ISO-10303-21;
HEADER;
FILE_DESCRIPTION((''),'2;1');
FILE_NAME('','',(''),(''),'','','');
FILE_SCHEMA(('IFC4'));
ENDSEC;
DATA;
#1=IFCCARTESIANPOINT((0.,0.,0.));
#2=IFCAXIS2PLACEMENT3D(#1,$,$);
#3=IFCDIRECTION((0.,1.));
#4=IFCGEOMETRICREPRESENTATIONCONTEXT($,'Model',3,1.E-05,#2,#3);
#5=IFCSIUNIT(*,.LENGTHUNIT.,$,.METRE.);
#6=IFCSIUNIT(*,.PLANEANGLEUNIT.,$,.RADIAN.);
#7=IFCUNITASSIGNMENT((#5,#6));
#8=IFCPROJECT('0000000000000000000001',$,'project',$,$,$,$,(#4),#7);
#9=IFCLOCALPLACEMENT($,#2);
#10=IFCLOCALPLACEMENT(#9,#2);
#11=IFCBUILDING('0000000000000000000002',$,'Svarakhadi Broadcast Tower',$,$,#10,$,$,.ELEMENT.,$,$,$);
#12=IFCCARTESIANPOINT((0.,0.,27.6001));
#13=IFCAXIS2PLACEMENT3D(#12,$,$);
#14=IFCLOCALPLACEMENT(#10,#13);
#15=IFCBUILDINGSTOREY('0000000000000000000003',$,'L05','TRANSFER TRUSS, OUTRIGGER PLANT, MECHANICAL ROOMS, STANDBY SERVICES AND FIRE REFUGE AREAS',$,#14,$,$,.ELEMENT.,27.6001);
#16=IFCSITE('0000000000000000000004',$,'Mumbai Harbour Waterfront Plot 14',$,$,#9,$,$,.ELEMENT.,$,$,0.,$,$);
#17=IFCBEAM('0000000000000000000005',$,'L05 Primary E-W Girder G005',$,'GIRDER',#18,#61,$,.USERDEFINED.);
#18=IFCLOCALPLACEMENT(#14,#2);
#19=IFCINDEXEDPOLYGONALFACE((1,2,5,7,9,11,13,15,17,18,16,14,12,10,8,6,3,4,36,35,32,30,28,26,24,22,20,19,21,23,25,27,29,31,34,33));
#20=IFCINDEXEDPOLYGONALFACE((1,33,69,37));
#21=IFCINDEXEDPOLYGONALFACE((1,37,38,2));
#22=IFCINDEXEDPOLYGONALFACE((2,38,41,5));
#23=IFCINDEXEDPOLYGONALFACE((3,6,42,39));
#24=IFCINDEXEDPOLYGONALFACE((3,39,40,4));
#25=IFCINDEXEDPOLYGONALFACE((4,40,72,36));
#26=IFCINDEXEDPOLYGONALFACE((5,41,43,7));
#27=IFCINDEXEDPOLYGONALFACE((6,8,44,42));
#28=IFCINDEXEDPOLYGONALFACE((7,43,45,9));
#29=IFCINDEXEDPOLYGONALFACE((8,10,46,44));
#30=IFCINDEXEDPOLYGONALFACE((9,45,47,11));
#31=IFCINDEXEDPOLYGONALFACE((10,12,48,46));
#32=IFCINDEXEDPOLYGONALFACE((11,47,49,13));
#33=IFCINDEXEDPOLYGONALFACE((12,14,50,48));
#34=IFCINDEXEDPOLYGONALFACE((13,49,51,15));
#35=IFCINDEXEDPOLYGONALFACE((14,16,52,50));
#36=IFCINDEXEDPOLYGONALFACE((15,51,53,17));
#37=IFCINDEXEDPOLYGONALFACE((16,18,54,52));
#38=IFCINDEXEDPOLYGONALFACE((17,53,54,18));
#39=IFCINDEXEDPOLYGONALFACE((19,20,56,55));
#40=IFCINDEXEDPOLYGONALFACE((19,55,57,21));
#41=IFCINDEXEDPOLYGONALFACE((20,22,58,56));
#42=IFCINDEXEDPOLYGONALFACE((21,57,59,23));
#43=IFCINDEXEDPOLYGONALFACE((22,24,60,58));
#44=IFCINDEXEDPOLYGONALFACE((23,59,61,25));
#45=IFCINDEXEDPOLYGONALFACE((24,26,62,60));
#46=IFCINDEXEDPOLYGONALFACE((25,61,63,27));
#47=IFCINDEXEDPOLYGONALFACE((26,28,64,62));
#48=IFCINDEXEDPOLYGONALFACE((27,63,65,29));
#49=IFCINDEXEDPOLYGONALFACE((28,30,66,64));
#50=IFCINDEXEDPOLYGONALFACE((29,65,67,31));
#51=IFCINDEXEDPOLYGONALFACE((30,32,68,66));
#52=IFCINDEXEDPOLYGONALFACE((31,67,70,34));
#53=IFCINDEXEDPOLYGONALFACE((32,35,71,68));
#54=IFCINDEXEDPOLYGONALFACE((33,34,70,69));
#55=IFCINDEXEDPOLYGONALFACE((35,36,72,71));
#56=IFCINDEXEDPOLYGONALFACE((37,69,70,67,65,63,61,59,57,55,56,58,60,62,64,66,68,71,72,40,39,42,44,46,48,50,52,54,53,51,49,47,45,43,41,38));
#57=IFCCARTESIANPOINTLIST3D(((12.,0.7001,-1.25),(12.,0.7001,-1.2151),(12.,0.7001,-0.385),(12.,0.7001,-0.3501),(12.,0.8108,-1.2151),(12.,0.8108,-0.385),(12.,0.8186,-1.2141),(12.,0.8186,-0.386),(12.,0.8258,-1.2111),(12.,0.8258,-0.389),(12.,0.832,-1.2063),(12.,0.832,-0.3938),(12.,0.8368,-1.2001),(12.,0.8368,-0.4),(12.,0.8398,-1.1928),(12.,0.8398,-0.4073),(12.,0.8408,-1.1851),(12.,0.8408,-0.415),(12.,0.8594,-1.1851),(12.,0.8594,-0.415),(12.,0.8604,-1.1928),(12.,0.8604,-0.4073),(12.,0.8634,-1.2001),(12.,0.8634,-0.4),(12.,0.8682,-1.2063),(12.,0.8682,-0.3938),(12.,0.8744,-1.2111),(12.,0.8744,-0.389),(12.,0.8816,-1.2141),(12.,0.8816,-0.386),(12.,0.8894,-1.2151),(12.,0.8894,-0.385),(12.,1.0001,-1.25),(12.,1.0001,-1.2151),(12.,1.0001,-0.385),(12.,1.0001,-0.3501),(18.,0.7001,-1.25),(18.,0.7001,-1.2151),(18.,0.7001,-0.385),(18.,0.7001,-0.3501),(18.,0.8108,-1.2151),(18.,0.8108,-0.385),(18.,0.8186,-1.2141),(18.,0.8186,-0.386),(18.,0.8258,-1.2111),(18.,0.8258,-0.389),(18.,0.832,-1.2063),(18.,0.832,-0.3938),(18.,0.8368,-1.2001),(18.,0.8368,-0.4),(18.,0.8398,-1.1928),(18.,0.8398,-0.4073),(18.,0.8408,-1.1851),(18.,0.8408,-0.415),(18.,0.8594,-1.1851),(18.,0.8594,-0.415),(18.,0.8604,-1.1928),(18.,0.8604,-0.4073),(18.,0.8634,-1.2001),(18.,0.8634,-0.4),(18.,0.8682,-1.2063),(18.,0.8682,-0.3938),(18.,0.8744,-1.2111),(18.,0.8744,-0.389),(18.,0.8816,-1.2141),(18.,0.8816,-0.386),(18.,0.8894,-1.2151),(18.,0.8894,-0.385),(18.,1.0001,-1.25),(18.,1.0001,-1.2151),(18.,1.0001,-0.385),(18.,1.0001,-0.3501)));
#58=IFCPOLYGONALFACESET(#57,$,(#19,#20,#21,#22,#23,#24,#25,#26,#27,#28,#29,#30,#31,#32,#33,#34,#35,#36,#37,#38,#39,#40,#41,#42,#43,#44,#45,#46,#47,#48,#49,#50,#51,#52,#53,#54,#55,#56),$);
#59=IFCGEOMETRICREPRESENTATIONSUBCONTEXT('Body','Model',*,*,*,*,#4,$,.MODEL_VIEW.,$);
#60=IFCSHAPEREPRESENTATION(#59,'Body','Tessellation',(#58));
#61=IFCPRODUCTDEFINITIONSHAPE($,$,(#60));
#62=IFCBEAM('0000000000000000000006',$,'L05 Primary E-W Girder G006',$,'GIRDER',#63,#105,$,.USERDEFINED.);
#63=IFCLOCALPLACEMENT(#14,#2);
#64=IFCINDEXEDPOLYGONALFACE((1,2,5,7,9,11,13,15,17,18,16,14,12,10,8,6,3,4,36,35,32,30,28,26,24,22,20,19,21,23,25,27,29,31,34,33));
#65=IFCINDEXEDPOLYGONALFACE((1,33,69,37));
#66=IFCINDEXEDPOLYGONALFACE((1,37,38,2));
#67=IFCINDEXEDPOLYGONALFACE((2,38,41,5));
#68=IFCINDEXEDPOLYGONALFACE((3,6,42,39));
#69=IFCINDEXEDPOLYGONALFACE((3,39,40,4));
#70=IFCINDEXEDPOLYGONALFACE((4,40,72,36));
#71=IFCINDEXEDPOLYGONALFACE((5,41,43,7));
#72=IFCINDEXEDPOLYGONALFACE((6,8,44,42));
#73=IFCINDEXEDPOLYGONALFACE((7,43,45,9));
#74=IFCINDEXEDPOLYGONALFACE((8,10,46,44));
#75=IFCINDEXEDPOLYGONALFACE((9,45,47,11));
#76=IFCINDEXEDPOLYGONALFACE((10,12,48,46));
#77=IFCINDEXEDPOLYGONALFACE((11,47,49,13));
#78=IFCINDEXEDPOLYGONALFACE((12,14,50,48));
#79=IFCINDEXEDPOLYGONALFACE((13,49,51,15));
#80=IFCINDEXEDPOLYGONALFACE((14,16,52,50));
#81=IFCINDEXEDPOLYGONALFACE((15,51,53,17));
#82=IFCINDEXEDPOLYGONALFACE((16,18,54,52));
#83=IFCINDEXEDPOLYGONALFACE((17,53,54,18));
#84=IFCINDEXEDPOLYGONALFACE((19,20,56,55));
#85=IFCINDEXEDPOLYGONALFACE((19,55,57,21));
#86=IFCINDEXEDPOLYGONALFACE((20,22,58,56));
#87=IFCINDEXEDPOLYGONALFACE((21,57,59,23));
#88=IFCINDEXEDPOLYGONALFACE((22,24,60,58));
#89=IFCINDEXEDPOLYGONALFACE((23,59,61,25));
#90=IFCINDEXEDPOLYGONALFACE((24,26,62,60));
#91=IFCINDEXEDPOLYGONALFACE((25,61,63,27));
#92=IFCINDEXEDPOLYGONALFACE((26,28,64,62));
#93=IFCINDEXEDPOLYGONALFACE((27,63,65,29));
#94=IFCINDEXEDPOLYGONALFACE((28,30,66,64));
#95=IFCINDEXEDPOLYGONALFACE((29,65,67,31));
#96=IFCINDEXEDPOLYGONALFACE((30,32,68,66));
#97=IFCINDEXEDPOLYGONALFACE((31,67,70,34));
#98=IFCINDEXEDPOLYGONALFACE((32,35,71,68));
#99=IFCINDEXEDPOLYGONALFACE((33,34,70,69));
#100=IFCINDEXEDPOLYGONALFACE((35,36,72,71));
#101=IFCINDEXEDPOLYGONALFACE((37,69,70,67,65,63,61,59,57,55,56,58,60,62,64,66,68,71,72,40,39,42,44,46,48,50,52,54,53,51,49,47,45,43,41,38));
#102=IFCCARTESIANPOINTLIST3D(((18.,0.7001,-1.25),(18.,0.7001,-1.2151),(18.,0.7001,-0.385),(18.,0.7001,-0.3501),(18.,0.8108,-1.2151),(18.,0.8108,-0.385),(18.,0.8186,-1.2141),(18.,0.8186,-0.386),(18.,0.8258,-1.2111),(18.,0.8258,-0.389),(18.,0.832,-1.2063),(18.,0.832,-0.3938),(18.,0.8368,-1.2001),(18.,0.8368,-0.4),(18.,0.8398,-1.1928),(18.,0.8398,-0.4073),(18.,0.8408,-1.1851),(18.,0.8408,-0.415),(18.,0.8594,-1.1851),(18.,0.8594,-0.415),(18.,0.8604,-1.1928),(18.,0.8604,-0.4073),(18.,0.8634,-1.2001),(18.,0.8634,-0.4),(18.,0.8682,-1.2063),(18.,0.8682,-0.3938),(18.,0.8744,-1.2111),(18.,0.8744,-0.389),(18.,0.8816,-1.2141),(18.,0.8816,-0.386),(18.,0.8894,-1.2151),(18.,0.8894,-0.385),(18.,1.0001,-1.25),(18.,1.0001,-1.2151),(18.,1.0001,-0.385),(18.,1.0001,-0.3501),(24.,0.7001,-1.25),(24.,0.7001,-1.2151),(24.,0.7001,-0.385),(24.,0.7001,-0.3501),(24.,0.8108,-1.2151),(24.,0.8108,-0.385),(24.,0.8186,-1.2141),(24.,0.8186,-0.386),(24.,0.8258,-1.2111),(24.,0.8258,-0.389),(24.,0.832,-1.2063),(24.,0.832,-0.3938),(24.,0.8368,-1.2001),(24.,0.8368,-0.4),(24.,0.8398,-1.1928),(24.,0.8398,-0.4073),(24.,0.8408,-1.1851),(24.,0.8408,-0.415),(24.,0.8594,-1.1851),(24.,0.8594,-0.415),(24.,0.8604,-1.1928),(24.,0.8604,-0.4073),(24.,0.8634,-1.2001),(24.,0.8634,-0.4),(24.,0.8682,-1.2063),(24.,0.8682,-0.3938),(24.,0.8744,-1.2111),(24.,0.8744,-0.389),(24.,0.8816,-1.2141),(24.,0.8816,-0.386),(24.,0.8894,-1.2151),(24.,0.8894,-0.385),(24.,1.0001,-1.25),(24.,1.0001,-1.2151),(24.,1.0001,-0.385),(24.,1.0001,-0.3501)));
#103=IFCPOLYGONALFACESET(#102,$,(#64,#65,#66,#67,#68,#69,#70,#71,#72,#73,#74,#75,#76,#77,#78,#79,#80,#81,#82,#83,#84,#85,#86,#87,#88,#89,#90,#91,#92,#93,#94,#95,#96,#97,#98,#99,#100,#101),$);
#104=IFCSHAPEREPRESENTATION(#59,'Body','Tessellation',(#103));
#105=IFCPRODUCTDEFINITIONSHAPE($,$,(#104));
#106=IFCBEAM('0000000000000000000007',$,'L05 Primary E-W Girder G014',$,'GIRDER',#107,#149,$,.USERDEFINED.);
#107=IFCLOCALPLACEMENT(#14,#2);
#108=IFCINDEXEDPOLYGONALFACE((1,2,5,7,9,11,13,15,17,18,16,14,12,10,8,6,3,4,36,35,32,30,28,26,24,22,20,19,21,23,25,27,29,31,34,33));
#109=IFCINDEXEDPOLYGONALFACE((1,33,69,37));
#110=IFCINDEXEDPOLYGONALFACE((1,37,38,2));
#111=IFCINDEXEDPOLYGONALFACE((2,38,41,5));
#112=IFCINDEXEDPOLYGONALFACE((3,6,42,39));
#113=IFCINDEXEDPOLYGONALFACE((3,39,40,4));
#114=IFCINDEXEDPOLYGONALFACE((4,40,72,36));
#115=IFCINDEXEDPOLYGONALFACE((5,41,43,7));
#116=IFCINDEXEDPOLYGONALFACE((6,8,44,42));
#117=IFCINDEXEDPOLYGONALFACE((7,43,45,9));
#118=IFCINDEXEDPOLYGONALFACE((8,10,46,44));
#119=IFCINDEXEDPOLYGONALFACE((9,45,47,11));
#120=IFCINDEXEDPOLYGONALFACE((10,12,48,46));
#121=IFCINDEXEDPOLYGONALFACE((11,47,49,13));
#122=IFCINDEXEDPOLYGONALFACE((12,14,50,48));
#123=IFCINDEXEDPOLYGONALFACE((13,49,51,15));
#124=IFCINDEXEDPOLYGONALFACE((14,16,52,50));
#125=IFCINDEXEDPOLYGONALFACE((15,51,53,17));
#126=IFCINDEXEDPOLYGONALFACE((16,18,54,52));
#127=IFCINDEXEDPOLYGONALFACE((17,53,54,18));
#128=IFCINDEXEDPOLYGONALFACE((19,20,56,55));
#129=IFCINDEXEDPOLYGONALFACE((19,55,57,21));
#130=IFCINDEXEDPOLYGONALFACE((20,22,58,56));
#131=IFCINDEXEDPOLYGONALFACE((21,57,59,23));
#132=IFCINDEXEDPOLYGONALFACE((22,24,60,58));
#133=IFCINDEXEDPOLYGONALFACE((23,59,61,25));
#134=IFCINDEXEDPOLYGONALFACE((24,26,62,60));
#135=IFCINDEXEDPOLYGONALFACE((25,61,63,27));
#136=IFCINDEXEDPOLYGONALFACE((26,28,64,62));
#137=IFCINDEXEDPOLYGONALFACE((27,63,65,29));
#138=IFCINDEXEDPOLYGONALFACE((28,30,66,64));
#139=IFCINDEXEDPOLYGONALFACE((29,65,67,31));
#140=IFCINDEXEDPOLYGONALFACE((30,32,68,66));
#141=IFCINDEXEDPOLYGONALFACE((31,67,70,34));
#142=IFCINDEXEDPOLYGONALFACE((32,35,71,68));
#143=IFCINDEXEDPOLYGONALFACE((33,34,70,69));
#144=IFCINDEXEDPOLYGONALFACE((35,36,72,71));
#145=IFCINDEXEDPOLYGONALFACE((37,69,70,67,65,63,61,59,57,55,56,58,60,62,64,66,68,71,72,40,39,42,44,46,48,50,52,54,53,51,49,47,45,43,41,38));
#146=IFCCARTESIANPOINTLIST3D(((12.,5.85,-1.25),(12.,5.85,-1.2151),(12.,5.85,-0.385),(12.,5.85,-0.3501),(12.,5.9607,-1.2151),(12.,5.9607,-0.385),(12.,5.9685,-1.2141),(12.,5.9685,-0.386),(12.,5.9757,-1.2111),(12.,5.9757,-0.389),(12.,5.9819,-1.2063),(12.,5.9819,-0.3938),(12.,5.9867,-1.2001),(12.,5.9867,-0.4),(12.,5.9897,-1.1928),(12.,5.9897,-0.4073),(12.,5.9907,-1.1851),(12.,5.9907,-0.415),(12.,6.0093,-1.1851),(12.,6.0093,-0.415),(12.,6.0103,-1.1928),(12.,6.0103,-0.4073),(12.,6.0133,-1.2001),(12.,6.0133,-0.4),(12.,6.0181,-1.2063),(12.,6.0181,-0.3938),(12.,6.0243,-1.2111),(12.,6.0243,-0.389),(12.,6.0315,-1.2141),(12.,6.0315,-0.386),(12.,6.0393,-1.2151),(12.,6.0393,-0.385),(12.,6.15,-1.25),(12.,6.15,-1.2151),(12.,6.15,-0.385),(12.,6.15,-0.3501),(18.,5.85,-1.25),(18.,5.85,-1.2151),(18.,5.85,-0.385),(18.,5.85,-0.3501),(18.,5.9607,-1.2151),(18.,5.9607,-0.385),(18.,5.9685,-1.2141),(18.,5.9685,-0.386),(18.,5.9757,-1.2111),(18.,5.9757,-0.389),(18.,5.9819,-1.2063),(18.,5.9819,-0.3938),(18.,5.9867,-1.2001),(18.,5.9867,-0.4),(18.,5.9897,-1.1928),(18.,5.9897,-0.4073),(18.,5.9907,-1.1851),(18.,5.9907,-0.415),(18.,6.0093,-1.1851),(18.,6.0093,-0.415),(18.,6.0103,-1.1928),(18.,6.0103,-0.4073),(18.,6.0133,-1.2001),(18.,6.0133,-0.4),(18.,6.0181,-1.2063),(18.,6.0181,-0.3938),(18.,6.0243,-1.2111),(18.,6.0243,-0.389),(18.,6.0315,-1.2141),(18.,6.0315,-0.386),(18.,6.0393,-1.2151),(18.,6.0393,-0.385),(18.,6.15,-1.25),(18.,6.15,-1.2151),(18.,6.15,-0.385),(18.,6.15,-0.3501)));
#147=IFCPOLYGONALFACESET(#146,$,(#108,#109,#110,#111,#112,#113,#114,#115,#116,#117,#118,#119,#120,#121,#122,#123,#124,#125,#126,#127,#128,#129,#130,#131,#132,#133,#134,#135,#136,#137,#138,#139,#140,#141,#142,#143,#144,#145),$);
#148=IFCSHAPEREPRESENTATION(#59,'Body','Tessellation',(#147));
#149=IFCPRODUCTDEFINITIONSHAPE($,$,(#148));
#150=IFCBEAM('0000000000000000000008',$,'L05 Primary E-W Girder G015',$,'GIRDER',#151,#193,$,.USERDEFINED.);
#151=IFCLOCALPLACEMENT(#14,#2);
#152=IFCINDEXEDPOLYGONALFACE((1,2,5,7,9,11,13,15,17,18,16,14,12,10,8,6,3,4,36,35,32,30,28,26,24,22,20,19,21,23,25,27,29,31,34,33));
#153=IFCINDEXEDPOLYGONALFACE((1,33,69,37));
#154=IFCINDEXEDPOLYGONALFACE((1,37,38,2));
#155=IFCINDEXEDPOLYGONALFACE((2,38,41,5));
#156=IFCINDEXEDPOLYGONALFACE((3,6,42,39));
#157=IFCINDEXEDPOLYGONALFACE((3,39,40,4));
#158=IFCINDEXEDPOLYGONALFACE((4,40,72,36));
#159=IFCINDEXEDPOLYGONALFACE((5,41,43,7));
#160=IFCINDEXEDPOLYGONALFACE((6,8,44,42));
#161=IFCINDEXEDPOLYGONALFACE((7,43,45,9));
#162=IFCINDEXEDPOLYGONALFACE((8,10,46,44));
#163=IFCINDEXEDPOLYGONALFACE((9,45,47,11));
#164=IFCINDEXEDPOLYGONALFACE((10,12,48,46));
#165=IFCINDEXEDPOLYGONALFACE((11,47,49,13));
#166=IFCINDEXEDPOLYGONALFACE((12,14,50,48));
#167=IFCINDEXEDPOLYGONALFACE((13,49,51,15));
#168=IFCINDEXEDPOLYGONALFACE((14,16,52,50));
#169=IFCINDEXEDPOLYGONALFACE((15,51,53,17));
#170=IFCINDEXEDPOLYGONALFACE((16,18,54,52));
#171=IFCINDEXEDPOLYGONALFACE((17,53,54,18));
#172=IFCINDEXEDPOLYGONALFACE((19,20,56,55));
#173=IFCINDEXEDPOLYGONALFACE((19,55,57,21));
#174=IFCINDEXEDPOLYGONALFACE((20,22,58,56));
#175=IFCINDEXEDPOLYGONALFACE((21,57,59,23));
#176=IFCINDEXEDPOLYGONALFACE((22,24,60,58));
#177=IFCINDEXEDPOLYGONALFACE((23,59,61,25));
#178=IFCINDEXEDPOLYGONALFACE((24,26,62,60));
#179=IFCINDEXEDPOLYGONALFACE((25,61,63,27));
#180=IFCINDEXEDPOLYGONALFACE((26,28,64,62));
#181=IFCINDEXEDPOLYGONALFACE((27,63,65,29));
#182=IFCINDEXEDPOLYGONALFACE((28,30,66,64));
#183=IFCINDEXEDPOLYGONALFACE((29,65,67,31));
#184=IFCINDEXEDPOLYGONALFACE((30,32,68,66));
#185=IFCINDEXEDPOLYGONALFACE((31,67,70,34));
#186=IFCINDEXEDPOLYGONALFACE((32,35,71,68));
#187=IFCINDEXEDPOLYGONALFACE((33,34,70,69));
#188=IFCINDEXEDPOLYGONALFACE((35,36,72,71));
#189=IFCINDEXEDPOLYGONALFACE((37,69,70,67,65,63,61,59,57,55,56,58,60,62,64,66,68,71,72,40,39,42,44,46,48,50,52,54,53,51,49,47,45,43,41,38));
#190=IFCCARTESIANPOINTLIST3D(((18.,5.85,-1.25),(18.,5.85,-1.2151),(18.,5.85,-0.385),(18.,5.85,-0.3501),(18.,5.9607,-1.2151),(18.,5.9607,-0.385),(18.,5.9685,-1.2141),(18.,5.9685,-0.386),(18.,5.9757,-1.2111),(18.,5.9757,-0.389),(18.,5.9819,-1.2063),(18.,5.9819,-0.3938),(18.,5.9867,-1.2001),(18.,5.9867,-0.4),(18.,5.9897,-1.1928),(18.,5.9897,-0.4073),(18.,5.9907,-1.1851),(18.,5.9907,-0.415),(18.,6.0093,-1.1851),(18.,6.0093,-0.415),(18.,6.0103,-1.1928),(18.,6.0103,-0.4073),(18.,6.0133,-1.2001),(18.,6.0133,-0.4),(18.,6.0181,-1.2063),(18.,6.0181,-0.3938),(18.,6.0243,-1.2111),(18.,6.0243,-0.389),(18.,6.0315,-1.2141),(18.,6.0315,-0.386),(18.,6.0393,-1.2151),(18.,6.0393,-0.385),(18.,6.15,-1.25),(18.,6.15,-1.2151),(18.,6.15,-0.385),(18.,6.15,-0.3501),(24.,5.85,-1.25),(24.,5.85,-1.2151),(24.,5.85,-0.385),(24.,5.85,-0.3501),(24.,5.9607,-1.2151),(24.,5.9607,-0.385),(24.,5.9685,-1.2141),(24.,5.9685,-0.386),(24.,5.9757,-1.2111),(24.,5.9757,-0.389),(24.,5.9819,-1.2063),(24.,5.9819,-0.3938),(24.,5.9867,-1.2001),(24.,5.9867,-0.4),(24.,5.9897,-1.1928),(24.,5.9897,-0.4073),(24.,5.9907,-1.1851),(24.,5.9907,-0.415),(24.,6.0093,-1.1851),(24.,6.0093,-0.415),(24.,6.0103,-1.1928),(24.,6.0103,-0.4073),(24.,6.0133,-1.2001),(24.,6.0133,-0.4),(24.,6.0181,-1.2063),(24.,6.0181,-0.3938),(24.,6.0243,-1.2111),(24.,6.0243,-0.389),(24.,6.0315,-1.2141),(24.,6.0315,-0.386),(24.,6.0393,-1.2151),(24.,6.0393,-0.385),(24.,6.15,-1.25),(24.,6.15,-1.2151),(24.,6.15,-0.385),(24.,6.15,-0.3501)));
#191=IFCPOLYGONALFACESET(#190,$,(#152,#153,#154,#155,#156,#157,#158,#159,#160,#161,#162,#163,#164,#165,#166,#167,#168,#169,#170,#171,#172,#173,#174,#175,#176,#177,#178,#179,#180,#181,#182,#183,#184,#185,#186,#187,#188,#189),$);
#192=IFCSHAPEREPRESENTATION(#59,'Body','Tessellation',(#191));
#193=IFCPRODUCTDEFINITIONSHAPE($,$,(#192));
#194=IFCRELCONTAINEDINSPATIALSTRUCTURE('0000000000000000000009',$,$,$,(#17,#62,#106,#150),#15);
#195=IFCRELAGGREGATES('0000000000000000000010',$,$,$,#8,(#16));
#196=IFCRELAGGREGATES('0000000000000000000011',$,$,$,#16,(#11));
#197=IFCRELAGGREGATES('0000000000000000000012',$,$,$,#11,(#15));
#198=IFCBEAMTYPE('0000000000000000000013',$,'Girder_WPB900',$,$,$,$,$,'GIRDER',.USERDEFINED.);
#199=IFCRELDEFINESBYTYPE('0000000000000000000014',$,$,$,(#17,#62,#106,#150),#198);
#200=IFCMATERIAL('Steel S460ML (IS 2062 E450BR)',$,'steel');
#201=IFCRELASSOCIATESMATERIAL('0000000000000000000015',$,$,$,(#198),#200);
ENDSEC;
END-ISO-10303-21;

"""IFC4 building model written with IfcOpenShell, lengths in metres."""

from ifc_helpers import new_model, si_unit, direction, frame, origin, origin_2d, place, context, subcontext, project, spatial, i_section, extrude, material, material_profile, profile_set, type_object, element, save


model = new_model("IFC4")

# Units and contexts
model_context = context("Model", 3, precision=1e-05, world=origin(), true_north=direction((0.0, 1.0)))
body_context = subcontext(model_context, "Body", "Model", "MODEL_VIEW")
ifc_project = project(units=[si_unit("LENGTHUNIT", "METRE"), si_unit("PLANEANGLEUNIT", "RADIAN")], contexts=[model_context])

# Site, building, storey
site_placement = place(None, origin())
site = spatial("IfcSite", under=ifc_project, at=site_placement, Name="Mumbai Harbour Waterfront Plot 14", CompositionType="ELEMENT", RefElevation=0.0)
building_placement = place(site_placement, origin())
building = spatial("IfcBuilding", under=site, at=building_placement, Name="Svarakhadi Broadcast Tower", CompositionType="ELEMENT")
storey_placement = place(building_placement, frame((0.0, 0.0, 27.6001)))
storey = spatial("IfcBuildingStorey", under=building, at=storey_placement, Name="L05", Description="TRANSFER TRUSS, OUTRIGGER PLANT, MECHANICAL ROOMS, STANDBY SERVICES AND FIRE REFUGE AREAS", CompositionType="ELEMENT", Elevation=27.6001)

# Shared definitions
ifc_material_1 = material(Name="Steel S460ML (IS 2062 E450BR)", Category="steel")

# Beams
ifc_material_profile_1 = material_profile(ifc_material_1, i_section(OverallWidth=0.3, OverallDepth=0.8999, WebThickness=0.0186, FlangeThickness=0.0349, FilletRadius=0.03, at=origin_2d()), Name="WPB 900x300x291")
ifc_profile_set_1 = profile_set([ifc_material_profile_1], Name="Steel S460ML (IS 2062 E450BR)")
beam_type_1 = type_object("IfcBeamType", Name="Girder_WPB900", ElementType="GIRDER", PredefinedType="USERDEFINED", material=ifc_profile_set_1)
for number, where, z_axis, x_axis, name in (
    (1, (12.0, 0.8501, -0.8), (1.0, 0.0, 0.0), (0.0, 1.0, 0.0), "L05 Primary E-W Girder G005"),
    (2, (18.0, 0.8501, -0.8), (1.0, 0.0, 0.0), (0.0, 1.0, 0.0), "L05 Primary E-W Girder G006"),
    (3, (12.0, 6.0, -0.8), (1.0, 0.0, 0.0), (0.0, 1.0, 0.0), "L05 Primary E-W Girder G014"),
    (4, (18.0, 6.0, -0.8), (1.0, 0.0, 0.0), (0.0, 1.0, 0.0), "L05 Primary E-W Girder G015"),
):
    element("IfcBeam", number, at=place(storey_placement, frame(where, z_axis=z_axis, x_axis=x_axis)), inside=storey, type_object=beam_type_1, Name=name, ObjectType="GIRDER", PredefinedType="USERDEFINED", context=body_context, shape_type="SweptSolid", body=[
        extrude(i_section(OverallWidth=0.3, OverallDepth=0.8999, WebThickness=0.0186, FlangeThickness=0.0349, FilletRadius=0.03, at=origin_2d()), origin(), (0.0, 0.0, 1.0), 6.0),
    ])

save(model, "model.ifc")
